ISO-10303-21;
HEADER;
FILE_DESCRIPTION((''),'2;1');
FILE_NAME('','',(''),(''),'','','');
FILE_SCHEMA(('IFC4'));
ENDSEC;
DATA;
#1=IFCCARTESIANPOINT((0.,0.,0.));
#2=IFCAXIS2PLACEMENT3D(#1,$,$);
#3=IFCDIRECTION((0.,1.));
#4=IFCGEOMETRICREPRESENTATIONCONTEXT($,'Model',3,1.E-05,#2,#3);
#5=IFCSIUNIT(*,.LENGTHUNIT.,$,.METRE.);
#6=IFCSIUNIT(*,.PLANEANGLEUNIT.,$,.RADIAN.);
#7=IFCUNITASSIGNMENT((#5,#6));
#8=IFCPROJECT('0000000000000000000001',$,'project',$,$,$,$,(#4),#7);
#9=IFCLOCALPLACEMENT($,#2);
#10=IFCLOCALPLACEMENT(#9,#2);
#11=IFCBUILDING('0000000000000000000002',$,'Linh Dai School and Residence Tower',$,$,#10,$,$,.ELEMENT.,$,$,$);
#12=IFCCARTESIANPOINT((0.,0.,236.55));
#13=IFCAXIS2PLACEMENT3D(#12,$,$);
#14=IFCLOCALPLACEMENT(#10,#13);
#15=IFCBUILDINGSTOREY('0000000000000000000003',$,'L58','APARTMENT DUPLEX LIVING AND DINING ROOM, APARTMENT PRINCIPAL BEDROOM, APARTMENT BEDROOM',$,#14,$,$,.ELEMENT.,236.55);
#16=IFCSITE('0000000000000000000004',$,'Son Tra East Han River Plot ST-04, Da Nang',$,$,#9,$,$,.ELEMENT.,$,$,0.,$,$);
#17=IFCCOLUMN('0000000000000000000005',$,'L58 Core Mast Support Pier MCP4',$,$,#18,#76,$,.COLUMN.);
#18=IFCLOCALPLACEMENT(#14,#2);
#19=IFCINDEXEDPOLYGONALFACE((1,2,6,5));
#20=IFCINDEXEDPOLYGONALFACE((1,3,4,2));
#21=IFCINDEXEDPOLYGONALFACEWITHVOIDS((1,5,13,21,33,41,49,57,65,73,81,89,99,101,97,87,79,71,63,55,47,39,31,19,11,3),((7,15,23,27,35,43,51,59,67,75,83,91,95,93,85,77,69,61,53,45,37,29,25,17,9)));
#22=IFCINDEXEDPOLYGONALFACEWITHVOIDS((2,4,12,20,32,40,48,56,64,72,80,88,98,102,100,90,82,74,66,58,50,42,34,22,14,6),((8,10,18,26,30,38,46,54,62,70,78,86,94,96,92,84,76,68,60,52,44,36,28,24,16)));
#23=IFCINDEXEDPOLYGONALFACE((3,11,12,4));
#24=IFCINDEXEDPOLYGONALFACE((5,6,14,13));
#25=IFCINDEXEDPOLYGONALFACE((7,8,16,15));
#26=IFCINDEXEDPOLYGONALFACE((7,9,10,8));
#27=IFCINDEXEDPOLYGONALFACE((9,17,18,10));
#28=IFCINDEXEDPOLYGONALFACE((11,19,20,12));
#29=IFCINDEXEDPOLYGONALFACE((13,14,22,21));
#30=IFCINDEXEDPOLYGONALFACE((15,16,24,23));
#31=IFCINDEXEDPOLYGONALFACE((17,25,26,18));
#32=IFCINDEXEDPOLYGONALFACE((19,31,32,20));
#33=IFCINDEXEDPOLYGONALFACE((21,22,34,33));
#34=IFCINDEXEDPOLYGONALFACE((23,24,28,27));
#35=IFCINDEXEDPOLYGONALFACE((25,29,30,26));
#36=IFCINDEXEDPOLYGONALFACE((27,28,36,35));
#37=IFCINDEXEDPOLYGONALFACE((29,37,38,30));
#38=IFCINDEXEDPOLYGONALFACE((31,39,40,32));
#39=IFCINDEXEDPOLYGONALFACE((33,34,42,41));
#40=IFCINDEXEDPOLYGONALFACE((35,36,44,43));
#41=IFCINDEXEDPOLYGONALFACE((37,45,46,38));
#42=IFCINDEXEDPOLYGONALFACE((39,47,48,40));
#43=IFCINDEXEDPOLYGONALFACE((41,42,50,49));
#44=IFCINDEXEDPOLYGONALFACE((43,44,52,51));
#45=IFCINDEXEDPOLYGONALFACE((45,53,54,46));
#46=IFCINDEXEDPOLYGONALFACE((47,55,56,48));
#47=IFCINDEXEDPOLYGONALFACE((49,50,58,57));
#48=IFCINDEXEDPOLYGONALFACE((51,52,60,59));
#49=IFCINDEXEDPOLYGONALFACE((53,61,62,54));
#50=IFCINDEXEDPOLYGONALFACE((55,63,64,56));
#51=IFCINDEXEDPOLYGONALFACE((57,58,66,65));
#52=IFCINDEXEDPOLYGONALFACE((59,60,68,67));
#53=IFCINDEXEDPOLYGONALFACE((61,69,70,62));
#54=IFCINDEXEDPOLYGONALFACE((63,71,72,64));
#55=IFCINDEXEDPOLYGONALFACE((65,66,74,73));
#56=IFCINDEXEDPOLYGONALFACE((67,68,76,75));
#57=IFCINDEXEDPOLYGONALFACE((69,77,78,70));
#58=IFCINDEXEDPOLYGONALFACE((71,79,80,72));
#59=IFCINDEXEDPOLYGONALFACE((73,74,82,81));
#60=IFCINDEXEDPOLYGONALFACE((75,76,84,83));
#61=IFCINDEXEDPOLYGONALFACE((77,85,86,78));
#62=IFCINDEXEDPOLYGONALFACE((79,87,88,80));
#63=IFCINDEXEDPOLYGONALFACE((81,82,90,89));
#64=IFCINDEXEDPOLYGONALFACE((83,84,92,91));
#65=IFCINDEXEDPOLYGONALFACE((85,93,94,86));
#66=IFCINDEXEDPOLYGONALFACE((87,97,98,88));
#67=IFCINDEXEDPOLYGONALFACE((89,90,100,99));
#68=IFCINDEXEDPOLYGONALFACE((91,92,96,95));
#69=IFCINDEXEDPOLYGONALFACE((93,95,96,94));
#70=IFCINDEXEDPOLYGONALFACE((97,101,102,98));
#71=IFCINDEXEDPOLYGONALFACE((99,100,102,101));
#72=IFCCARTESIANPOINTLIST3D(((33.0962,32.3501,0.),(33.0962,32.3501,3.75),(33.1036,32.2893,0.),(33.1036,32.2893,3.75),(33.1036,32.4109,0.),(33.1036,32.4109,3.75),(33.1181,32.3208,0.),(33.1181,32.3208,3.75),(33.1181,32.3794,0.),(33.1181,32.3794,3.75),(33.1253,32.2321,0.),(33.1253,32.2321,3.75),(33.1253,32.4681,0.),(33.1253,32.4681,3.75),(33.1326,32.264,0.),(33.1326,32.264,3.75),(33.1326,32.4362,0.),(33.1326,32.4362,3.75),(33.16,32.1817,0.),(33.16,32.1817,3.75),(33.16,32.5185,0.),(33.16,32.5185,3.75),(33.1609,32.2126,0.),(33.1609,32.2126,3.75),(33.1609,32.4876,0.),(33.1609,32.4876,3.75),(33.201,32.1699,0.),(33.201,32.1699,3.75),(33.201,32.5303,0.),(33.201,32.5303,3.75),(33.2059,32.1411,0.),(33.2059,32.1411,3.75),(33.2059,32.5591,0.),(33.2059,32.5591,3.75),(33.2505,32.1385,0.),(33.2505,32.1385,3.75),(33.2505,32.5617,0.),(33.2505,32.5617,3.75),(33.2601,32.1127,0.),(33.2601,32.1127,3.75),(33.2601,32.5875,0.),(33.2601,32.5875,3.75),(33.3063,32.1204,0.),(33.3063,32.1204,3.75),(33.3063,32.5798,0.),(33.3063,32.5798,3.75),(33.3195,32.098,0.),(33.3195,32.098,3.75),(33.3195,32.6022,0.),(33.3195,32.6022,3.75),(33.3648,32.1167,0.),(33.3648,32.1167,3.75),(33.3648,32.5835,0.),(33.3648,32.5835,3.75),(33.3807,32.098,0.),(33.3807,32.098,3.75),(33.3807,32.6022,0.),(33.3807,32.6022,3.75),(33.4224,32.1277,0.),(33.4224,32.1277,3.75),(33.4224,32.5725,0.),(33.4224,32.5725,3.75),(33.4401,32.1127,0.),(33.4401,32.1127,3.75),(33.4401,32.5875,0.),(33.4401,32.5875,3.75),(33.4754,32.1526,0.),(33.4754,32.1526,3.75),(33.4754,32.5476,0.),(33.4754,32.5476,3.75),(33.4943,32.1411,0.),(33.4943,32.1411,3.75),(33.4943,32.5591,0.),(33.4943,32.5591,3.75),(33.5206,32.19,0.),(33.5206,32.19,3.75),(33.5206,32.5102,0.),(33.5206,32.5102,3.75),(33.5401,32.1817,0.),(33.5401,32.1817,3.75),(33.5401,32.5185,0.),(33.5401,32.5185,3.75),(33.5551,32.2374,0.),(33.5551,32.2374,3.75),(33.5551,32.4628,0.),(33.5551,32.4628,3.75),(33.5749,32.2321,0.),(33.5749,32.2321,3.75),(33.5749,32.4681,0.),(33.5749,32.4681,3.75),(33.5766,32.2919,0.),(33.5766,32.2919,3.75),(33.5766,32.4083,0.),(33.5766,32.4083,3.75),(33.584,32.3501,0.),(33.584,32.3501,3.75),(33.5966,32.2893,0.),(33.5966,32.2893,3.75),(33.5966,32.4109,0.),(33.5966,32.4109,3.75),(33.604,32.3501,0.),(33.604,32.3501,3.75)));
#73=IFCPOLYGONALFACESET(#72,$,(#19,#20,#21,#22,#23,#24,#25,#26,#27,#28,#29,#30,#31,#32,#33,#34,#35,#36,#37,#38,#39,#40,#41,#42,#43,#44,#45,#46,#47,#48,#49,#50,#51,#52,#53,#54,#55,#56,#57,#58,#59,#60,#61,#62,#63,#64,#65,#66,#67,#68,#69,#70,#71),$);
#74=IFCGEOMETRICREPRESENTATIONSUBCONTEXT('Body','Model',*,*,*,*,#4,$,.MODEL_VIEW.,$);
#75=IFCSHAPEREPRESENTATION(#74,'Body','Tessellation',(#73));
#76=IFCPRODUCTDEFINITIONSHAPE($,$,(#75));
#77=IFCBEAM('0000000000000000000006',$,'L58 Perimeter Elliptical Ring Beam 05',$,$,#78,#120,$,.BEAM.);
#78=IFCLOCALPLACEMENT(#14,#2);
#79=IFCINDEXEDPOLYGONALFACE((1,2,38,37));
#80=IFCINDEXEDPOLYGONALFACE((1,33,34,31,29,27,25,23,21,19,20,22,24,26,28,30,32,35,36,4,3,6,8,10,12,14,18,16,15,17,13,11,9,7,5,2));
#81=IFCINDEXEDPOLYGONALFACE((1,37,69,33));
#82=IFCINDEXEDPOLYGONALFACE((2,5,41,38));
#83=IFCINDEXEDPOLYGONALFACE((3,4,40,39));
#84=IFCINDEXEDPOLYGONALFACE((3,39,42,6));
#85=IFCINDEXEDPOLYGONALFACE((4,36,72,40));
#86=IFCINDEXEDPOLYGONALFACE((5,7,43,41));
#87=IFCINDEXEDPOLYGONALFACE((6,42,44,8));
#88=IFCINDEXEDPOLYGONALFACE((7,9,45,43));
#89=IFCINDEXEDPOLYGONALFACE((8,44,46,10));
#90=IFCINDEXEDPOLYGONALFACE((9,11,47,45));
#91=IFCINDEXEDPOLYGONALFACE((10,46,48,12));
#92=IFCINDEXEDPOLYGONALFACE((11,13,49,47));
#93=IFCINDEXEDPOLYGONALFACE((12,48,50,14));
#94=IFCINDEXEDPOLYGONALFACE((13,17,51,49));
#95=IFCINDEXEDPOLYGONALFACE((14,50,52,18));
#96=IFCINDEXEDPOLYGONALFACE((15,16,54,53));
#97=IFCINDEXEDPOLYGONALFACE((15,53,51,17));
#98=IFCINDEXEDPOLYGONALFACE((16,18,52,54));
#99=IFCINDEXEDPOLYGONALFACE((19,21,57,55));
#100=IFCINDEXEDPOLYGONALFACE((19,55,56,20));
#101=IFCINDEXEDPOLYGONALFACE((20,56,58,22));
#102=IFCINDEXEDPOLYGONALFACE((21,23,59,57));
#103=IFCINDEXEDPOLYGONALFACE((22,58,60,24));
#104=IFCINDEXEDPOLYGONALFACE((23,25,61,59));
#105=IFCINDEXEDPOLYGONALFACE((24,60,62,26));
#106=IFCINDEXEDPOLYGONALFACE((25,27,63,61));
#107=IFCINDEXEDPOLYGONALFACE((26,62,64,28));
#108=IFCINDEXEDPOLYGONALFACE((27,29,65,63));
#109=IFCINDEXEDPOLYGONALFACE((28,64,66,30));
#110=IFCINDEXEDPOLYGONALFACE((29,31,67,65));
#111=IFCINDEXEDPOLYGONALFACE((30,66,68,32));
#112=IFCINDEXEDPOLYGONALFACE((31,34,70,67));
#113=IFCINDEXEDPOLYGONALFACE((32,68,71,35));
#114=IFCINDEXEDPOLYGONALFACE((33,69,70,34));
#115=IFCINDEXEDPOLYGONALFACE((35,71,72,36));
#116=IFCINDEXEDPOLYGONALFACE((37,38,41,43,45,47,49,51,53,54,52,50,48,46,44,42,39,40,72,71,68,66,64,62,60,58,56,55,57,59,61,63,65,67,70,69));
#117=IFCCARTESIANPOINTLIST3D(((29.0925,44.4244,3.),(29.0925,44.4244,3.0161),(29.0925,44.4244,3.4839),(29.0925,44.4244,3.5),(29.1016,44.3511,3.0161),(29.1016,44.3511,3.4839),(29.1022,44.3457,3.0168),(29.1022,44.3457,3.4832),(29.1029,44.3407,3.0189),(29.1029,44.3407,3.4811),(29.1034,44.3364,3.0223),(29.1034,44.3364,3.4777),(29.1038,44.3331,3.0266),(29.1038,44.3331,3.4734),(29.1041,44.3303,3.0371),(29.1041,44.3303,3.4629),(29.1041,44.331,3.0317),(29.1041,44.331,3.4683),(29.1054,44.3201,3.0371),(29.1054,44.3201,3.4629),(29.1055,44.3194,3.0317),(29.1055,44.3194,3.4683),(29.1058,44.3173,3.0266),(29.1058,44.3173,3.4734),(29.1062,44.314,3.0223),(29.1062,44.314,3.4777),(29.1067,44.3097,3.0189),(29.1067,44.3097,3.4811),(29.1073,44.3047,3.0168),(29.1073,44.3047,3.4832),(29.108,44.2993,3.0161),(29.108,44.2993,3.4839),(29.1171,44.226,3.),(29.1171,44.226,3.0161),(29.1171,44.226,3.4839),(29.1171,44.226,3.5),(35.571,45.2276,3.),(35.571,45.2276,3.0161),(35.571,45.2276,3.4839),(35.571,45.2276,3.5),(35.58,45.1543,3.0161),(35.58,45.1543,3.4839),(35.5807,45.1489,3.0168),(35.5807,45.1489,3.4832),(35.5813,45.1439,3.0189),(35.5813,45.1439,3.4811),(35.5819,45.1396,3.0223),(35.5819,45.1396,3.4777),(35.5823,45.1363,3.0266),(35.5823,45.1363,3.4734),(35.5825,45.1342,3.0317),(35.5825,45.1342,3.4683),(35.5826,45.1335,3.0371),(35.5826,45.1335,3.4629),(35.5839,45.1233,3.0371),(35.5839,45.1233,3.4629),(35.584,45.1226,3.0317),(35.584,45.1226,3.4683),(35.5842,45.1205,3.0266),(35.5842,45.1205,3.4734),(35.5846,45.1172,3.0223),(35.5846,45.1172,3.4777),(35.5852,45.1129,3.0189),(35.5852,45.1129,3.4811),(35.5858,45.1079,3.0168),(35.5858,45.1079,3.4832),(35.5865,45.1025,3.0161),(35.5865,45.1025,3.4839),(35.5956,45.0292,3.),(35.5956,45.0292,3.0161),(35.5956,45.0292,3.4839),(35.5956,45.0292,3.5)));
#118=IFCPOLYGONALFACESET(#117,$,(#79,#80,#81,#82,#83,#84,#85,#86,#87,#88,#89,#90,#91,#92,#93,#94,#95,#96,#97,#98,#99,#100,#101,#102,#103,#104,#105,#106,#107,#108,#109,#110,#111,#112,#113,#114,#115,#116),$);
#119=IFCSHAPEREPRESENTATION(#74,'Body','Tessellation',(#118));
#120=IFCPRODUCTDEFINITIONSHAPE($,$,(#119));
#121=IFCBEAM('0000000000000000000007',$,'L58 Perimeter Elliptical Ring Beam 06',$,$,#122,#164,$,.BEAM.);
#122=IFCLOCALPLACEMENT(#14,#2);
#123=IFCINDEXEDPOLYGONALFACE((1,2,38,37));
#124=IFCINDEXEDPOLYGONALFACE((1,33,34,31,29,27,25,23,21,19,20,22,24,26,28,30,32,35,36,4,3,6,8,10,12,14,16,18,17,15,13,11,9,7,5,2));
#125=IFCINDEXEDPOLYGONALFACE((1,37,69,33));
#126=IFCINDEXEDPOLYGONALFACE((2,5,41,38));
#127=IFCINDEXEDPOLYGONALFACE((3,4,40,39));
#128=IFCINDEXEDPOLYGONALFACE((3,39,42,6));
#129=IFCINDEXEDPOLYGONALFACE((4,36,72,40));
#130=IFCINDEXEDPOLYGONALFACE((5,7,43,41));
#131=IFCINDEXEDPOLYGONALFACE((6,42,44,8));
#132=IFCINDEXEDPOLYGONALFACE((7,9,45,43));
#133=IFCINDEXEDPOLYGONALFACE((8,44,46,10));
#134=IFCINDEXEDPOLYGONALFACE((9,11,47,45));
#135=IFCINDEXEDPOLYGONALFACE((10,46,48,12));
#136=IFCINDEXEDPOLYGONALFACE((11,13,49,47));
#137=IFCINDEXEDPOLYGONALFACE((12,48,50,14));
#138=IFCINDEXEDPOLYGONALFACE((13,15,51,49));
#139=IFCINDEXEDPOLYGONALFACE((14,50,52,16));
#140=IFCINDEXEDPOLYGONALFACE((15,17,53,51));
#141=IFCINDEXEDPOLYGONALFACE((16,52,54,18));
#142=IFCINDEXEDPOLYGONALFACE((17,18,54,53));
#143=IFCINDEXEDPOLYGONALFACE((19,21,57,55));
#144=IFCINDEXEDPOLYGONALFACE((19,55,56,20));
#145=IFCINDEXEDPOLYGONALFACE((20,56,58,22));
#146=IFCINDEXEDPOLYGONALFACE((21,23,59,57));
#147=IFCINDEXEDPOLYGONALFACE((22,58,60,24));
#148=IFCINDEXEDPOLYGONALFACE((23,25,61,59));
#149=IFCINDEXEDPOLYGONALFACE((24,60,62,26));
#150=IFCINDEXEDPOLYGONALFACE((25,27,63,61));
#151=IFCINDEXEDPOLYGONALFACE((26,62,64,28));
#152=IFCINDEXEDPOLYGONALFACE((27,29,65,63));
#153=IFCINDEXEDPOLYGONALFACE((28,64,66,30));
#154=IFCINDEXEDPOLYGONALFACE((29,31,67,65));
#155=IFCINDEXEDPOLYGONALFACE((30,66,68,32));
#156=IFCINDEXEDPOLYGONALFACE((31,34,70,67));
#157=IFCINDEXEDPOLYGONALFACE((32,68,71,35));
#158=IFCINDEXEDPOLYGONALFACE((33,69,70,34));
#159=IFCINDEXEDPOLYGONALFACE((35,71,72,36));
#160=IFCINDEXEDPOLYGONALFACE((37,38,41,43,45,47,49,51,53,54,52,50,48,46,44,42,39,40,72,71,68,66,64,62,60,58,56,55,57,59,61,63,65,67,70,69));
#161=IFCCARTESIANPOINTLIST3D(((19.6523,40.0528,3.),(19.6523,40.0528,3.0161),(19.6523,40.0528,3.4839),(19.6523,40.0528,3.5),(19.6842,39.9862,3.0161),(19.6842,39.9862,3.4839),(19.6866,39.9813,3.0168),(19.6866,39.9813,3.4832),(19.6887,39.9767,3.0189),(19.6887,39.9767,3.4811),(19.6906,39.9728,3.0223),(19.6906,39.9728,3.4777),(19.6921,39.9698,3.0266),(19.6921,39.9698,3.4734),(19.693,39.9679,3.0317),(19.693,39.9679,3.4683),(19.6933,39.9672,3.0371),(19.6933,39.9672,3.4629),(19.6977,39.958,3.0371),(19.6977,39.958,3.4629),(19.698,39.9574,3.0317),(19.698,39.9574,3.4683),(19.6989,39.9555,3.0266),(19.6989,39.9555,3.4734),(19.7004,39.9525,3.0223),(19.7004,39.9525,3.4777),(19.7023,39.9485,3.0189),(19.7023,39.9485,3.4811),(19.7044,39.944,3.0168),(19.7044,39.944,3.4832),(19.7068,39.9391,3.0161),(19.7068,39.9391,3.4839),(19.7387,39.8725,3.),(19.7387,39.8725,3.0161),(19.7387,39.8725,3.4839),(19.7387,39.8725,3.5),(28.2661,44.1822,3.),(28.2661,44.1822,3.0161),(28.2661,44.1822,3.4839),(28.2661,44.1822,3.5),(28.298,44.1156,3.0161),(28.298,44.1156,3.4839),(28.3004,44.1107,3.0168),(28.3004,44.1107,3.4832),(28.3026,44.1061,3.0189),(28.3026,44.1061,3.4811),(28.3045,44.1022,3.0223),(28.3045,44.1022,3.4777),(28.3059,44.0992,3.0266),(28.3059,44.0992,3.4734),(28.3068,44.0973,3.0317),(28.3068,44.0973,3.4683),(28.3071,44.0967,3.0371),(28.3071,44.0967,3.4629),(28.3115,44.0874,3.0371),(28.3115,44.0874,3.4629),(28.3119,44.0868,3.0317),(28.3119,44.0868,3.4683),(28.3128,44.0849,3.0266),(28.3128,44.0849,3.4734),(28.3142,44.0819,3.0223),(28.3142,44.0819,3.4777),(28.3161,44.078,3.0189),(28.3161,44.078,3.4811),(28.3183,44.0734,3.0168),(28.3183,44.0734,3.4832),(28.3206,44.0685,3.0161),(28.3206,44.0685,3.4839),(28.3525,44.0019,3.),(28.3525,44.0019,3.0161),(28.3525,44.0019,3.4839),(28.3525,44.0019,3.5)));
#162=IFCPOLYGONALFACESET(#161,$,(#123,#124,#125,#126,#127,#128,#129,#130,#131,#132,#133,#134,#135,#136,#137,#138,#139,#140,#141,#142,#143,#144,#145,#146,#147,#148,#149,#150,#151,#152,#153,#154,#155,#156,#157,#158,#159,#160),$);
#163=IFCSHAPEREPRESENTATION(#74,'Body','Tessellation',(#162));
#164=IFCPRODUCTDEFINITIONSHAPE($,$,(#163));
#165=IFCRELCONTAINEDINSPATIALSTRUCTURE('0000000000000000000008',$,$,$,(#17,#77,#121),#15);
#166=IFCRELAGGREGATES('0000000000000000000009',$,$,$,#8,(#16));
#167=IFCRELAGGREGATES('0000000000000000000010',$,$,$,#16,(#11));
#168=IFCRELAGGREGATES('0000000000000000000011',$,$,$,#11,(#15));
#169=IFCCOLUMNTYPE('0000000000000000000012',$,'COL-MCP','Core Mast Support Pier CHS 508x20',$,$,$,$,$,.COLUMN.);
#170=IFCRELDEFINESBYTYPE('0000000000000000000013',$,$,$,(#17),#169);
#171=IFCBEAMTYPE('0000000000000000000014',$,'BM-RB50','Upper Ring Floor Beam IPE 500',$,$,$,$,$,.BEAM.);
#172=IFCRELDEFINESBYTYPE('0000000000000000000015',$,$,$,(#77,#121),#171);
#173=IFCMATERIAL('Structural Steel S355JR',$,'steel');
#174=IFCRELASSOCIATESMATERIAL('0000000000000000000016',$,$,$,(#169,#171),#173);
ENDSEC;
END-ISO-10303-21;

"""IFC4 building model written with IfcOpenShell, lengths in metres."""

from ifc_helpers import new_model, si_unit, direction, frame, origin, origin_2d, place, context, subcontext, project, spatial, hollow_circle, i_section, extrude, material, material_profile, profile_set, type_object, element, save


model = new_model("IFC4")

# Units and contexts
model_context = context("Model", 3, precision=1e-05, world=origin(), true_north=direction((0.0, 1.0)))
body_context = subcontext(model_context, "Body", "Model", "MODEL_VIEW")
ifc_project = project(units=[si_unit("LENGTHUNIT", "METRE"), si_unit("PLANEANGLEUNIT", "RADIAN")], contexts=[model_context])

# Site, building, storey
site_placement = place(None, origin())
site = spatial("IfcSite", under=ifc_project, at=site_placement, Name="Son Tra East Han River Plot ST-04, Da Nang", CompositionType="ELEMENT", RefElevation=0.0)
building_placement = place(site_placement, origin())
building = spatial("IfcBuilding", under=site, at=building_placement, Name="Linh Dai School and Residence Tower", CompositionType="ELEMENT")
storey_placement = place(building_placement, frame((0.0, 0.0, 236.55)))
storey = spatial("IfcBuildingStorey", under=building, at=storey_placement, Name="L58", Description="APARTMENT DUPLEX LIVING AND DINING ROOM, APARTMENT PRINCIPAL BEDROOM, APARTMENT BEDROOM", CompositionType="ELEMENT", Elevation=236.55)

# Column
ifc_material_1 = material(Name="Structural Steel S355JR", Category="steel")
ifc_material_profile_1 = material_profile(ifc_material_1, hollow_circle(Radius=0.2539, WallThickness=0.02, at=origin_2d()), Name="CHS 508x20")
ifc_profile_set_1 = profile_set([ifc_material_profile_1], Name="Structural Steel S355JR")
column_type_1 = type_object("IfcColumnType", Name="COL-MCP", Description="Core Mast Support Pier CHS 508x20", PredefinedType="COLUMN", material=ifc_profile_set_1)
column_1_placement = place(storey_placement, frame((33.3501, 32.3501, 0.0), z_axis=(0.0, 0.0, 1.0), x_axis=(1.0, 0.0, 0.0)))
element("IfcColumn", 1, at=column_1_placement, inside=storey, type_object=column_type_1, Name="L58 Core Mast Support Pier MCP4", PredefinedType="COLUMN", context=body_context, shape_type="SweptSolid", body=[
    extrude(hollow_circle(Radius=0.2539, WallThickness=0.02, at=origin_2d()), origin(), (0.0, 0.0, 1.0), 3.75),
])

# Beams
ifc_material_profile_2 = material_profile(ifc_material_1, i_section(OverallWidth=0.2, OverallDepth=0.5, WebThickness=0.0103, FlangeThickness=0.0161, FilletRadius=0.021, at=origin_2d()), Name="IPE 500")
ifc_profile_set_2 = profile_set([ifc_material_profile_2], Name="Structural Steel S355JR")
beam_type_1 = type_object("IfcBeamType", Name="BM-RB50", Description="Upper Ring Floor Beam IPE 500", PredefinedType="BEAM", material=ifc_profile_set_2)
beam_1_placement = place(storey_placement, frame((35.5833, 45.1284, 3.25), z_axis=(-0.992402, -0.12304, 0.0), x_axis=(0.12304, -0.992402, 0.0)))
element("IfcBeam", 2, at=beam_1_placement, inside=storey, type_object=beam_type_1, Name="L58 Perimeter Elliptical Ring Beam 05", PredefinedType="BEAM", context=body_context, shape_type="SweptSolid", body=[
    extrude(i_section(OverallWidth=0.2, OverallDepth=0.5, WebThickness=0.0103, FlangeThickness=0.0161, FilletRadius=0.021, at=origin_2d()), origin(), (0.0, 0.0, 1.0), 6.5281),
])
beam_2_placement = place(storey_placement, frame((28.3093, 44.092, 3.25), z_axis=(-0.901736, -0.432287, 0.0), x_axis=(0.432287, -0.901736, 0.0)))
element("IfcBeam", 3, at=beam_2_placement, inside=storey, type_object=beam_type_1, Name="L58 Perimeter Elliptical Ring Beam 06", PredefinedType="BEAM", context=body_context, shape_type="SweptSolid", body=[
    extrude(i_section(OverallWidth=0.2, OverallDepth=0.5, WebThickness=0.0103, FlangeThickness=0.0161, FilletRadius=0.021, at=origin_2d()), origin(), (0.0, 0.0, 1.0), 9.5525),
])

save(model, "model.ifc")
